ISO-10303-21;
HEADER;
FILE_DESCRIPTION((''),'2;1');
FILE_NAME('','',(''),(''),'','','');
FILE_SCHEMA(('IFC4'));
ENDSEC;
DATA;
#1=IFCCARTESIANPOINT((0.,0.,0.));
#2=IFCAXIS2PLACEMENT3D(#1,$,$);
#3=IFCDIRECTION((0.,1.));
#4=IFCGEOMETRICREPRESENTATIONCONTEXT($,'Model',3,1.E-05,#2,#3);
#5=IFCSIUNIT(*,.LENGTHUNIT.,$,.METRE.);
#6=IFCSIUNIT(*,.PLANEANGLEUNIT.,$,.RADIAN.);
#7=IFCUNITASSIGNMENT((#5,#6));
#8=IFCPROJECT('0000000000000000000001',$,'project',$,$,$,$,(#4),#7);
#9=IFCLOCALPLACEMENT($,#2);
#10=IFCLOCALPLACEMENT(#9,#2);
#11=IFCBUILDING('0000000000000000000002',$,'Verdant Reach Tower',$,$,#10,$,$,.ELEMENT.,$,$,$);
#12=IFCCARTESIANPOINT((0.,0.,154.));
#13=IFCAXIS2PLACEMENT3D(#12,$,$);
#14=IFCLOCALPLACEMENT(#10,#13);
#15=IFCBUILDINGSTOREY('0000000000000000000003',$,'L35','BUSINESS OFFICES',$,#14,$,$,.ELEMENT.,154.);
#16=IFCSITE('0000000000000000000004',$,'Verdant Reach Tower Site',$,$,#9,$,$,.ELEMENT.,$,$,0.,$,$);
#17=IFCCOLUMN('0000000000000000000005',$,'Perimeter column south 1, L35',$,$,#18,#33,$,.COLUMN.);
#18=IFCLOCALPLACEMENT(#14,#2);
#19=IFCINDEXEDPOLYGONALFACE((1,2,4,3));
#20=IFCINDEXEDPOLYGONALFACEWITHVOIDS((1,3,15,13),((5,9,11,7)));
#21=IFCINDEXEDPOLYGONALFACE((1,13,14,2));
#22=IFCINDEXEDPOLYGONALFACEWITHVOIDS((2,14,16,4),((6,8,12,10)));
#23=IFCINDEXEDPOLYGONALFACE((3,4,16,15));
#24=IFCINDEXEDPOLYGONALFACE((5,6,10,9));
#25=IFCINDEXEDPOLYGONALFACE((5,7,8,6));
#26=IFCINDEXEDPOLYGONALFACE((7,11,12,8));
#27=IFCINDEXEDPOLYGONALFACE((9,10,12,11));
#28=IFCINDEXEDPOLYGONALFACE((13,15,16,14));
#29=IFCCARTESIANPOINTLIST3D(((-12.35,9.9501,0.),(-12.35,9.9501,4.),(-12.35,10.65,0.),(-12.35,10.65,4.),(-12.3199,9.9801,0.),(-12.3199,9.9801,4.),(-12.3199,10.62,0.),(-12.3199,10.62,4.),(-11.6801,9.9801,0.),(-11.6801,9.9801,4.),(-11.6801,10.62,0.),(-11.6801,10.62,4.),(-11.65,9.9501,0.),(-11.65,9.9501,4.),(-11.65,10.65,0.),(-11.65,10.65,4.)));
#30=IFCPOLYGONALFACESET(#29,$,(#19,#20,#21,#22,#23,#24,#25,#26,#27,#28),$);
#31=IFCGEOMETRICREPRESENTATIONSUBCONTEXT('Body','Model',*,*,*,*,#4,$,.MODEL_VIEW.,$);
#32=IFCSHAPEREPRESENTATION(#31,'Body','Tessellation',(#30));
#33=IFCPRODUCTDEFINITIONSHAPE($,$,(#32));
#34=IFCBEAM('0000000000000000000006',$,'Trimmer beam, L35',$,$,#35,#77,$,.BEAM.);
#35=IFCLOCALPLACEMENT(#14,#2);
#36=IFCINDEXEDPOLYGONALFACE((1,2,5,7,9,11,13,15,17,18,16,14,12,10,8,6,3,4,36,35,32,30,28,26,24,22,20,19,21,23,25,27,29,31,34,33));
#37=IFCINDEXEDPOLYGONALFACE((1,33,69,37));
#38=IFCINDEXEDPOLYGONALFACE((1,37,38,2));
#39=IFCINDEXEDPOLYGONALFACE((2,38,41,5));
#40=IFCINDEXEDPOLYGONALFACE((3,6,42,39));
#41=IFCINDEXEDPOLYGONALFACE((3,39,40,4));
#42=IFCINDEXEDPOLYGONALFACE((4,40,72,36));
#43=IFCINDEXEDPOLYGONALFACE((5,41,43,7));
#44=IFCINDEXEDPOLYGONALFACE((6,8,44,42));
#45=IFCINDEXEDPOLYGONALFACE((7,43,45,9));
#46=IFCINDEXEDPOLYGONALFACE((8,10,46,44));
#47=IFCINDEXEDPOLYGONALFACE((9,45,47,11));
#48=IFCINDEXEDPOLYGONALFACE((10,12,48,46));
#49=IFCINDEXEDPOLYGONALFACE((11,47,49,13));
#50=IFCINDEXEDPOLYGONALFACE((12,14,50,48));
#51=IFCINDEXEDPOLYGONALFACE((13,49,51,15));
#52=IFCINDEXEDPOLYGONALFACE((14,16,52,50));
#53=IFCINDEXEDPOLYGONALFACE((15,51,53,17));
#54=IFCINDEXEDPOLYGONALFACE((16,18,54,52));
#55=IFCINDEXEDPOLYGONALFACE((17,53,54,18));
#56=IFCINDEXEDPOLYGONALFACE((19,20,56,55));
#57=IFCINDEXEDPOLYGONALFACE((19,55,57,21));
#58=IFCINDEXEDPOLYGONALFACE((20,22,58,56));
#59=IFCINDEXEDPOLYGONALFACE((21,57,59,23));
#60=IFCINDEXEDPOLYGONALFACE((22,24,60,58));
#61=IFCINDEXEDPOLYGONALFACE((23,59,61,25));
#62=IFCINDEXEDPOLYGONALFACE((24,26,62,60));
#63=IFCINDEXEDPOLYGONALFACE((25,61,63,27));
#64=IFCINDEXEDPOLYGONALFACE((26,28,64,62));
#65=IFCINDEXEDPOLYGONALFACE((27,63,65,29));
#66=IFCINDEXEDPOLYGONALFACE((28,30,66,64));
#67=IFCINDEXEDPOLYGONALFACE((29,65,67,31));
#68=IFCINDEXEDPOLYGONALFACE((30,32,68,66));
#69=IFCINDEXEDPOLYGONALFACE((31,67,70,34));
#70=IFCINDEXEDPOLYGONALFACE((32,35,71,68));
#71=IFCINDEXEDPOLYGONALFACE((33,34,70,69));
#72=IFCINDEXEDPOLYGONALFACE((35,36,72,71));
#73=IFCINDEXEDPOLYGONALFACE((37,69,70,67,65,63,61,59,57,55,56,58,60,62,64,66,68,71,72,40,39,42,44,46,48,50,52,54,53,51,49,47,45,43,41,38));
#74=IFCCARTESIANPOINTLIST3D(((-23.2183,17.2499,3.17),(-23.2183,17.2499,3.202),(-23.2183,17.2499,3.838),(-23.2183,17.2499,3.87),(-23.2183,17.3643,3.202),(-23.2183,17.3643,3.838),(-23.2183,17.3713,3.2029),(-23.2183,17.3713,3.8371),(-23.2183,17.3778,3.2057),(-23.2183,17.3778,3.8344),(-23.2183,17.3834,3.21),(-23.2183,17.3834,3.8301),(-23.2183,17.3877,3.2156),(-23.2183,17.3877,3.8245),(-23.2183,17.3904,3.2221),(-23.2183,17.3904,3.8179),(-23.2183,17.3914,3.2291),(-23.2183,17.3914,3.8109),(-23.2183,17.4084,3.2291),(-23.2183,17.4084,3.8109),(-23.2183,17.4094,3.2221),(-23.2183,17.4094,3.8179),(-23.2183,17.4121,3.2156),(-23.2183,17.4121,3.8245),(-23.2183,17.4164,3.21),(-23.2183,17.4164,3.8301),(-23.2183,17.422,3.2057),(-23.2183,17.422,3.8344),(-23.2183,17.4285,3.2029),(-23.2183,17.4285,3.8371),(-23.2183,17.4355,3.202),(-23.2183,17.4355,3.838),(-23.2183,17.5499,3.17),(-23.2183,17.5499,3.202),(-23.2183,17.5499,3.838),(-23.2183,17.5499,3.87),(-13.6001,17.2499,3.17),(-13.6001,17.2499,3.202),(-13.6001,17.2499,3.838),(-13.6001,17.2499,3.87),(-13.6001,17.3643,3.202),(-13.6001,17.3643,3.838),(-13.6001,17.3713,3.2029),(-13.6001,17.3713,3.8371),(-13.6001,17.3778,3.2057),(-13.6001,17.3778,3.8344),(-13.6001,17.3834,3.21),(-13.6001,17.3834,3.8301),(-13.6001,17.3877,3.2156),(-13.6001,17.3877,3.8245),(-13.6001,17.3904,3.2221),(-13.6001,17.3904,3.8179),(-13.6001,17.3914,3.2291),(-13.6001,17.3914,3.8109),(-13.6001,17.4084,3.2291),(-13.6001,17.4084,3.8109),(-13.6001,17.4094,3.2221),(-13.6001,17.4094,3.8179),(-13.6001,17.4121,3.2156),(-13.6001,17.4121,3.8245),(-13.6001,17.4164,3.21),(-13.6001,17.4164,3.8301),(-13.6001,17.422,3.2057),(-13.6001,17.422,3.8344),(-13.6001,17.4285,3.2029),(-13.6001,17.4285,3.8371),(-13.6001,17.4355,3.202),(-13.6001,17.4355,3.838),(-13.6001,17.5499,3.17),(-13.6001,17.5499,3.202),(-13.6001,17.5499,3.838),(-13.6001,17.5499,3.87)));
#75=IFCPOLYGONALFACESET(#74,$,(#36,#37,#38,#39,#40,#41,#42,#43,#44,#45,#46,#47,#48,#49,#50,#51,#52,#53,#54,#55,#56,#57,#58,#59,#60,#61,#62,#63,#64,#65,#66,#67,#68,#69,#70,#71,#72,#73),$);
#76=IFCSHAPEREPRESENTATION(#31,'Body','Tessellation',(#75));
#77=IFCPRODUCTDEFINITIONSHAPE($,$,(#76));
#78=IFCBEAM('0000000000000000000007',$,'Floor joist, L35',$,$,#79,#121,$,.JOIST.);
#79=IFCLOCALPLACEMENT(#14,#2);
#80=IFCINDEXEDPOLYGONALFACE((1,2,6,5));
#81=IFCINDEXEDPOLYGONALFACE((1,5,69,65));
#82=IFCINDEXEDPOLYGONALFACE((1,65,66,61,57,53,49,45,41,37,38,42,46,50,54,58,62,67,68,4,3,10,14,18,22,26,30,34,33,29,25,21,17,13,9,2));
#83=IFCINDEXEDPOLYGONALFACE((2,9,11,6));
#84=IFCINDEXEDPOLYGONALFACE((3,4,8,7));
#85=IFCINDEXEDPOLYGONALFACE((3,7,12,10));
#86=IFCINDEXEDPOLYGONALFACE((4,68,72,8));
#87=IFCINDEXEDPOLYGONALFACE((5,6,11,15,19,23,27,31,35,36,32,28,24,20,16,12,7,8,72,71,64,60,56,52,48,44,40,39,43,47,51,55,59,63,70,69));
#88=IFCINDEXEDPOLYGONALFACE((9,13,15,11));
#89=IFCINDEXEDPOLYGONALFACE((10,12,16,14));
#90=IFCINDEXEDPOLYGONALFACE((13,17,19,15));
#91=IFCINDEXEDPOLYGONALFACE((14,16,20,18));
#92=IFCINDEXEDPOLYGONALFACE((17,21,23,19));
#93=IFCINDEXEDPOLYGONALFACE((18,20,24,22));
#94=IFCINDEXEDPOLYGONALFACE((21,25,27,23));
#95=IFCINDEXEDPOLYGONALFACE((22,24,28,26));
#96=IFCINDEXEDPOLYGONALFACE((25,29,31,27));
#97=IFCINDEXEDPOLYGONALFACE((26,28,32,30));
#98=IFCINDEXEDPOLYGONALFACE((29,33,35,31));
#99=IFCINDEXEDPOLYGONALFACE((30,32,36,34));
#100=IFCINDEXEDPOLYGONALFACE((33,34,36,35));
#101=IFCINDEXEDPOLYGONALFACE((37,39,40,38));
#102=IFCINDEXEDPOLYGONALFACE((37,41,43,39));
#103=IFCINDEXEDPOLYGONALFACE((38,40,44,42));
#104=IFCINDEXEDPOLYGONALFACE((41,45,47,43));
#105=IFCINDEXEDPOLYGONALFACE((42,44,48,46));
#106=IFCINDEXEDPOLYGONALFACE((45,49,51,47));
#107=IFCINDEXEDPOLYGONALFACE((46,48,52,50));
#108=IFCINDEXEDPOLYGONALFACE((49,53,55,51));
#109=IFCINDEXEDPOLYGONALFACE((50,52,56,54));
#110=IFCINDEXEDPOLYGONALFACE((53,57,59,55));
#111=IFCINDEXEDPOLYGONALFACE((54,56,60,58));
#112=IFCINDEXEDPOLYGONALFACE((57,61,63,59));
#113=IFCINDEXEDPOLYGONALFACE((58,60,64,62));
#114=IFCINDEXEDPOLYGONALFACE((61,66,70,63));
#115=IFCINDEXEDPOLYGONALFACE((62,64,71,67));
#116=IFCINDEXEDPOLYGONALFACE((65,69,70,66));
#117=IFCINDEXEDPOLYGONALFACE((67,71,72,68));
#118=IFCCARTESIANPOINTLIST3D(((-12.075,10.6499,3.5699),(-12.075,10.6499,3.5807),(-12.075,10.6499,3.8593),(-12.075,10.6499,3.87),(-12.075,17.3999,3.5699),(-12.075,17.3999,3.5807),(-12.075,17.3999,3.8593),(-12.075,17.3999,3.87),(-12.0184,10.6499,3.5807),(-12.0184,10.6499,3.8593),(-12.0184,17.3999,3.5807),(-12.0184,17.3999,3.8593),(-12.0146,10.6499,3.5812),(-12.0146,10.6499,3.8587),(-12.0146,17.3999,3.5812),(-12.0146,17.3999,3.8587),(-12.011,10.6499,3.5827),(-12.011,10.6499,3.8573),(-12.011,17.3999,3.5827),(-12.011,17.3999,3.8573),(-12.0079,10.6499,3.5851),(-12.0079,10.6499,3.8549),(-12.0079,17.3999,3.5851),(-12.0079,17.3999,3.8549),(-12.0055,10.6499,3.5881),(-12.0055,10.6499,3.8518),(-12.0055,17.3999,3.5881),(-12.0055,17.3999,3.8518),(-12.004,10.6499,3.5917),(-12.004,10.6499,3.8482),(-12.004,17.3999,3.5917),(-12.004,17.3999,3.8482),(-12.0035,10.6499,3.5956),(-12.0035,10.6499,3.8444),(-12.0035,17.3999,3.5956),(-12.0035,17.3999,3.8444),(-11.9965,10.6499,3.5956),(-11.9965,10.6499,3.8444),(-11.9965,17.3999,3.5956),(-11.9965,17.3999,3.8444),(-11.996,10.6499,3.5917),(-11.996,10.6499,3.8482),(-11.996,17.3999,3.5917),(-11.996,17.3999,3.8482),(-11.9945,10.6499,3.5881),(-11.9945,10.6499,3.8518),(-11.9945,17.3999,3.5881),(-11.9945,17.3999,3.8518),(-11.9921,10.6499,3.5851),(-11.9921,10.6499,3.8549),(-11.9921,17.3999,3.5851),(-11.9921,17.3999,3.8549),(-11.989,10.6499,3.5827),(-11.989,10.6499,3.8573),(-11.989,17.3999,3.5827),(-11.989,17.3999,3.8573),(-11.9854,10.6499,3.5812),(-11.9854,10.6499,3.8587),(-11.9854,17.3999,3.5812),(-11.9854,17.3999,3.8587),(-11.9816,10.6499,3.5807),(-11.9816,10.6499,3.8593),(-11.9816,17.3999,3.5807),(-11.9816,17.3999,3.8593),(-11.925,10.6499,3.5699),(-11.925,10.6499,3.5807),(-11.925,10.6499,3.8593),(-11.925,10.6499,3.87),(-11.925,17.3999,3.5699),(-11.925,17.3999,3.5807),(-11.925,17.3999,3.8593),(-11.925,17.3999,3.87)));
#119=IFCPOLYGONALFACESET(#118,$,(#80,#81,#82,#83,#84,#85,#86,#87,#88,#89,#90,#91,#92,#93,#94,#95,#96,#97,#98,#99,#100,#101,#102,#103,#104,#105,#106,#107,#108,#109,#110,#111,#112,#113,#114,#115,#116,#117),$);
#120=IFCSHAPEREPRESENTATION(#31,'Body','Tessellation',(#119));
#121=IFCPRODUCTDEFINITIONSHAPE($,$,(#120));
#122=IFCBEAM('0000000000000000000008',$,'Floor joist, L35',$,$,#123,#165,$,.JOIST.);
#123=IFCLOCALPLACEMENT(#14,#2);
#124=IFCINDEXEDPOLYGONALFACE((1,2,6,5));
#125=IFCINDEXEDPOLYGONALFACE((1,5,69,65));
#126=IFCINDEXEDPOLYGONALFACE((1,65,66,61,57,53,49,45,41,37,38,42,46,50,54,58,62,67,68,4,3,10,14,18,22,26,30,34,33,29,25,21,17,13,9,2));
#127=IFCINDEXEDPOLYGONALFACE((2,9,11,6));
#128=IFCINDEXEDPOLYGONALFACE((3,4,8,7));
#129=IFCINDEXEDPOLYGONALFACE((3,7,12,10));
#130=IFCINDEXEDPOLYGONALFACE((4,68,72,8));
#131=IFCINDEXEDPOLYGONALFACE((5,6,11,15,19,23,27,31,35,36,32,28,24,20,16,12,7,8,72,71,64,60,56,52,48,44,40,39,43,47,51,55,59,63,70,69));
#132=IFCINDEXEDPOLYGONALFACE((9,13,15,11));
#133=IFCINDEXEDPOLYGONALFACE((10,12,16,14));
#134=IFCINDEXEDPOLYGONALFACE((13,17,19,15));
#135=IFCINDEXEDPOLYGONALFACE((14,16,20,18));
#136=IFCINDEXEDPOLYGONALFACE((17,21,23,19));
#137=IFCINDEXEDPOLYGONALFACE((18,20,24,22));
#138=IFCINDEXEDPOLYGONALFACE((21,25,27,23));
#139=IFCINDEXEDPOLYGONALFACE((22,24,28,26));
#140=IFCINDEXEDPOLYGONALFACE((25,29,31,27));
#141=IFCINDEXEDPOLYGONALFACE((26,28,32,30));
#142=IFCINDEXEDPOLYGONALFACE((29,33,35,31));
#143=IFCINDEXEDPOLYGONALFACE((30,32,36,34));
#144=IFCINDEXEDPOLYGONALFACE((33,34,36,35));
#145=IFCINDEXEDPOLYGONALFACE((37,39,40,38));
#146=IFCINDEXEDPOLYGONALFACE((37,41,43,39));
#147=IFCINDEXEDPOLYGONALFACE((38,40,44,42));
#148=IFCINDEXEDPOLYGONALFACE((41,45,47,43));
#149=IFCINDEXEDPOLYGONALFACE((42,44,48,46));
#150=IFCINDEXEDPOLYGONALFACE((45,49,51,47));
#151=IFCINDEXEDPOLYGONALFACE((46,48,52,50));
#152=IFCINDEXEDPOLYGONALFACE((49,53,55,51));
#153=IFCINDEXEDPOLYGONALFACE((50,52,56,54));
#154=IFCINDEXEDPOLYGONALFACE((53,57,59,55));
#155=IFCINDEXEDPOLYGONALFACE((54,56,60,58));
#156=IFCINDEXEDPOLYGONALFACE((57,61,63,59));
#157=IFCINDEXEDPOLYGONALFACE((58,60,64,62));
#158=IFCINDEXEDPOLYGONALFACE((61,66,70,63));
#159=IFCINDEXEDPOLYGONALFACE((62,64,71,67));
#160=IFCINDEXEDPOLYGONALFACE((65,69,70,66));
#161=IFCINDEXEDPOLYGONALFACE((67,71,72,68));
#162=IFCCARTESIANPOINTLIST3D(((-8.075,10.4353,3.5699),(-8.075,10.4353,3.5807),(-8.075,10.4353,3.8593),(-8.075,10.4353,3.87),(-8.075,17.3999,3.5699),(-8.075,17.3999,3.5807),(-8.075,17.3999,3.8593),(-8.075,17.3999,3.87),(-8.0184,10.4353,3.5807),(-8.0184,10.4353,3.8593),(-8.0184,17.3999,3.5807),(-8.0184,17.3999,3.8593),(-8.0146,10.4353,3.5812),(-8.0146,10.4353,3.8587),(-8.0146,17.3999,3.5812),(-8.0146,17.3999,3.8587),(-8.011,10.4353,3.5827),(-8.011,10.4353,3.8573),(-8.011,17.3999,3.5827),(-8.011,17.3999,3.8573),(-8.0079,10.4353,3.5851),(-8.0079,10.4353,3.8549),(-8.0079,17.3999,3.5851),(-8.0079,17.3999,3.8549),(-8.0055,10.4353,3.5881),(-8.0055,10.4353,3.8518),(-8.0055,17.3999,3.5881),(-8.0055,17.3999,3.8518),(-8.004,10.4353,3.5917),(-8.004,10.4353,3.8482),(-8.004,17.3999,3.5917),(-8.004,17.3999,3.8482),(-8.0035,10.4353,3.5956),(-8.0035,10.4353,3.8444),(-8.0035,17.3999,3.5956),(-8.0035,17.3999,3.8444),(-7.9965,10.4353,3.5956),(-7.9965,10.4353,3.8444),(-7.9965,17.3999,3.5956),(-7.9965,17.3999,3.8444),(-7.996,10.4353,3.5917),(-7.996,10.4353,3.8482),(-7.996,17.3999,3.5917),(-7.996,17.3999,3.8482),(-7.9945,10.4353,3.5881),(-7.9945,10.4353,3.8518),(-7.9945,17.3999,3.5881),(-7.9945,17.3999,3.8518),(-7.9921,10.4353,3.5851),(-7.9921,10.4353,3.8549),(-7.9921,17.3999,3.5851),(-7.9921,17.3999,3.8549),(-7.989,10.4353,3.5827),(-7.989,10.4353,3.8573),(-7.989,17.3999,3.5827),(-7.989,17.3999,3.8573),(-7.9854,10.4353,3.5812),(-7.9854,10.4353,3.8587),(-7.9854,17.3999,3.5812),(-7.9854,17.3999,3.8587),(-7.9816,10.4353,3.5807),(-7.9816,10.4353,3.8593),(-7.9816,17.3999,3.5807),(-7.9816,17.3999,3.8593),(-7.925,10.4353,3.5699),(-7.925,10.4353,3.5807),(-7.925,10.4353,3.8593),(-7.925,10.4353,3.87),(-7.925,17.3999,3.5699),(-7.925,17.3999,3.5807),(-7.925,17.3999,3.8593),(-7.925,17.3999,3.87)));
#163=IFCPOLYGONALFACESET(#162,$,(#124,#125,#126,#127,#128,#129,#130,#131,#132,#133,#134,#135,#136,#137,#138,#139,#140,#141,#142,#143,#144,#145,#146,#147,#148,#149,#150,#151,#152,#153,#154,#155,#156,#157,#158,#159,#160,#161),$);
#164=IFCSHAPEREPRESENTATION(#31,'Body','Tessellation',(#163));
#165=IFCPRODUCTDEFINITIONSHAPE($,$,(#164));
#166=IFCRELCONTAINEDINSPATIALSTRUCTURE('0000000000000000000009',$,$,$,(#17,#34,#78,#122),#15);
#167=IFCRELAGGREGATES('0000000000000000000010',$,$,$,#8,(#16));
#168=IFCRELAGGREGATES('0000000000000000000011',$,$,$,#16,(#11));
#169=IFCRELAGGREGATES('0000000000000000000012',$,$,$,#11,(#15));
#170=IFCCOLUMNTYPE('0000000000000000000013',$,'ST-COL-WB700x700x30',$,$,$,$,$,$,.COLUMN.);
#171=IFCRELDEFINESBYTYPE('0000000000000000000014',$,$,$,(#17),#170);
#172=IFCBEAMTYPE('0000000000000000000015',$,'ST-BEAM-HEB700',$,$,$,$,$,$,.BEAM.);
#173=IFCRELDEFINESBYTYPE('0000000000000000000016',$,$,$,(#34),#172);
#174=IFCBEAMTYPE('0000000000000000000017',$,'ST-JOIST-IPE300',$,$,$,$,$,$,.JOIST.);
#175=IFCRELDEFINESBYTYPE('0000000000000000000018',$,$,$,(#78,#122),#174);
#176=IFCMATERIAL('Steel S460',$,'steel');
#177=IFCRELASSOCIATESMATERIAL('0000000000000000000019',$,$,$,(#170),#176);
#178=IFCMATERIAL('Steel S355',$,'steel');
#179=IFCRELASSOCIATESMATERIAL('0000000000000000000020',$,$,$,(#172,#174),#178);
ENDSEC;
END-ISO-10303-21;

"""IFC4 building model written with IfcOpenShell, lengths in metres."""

from ifc_helpers import new_model, si_unit, direction, frame, origin, origin_2d, place, context, subcontext, project, spatial, hollow_rectangle, i_section, extrude, material, material_profile, profile_set, type_object, element, save


model = new_model("IFC4")

# Units and contexts
model_context = context("Model", 3, precision=1e-05, world=origin(), true_north=direction((0.0, 1.0)))
body_context = subcontext(model_context, "Body", "Model", "MODEL_VIEW")
ifc_project = project(units=[si_unit("LENGTHUNIT", "METRE"), si_unit("PLANEANGLEUNIT", "RADIAN")], contexts=[model_context])

# Site, building, storey
site_placement = place(None, origin())
site = spatial("IfcSite", under=ifc_project, at=site_placement, Name="Verdant Reach Tower Site", CompositionType="ELEMENT", RefElevation=0.0)
building_placement = place(site_placement, origin())
building = spatial("IfcBuilding", under=site, at=building_placement, Name="Verdant Reach Tower", CompositionType="ELEMENT")
storey_placement = place(building_placement, frame((0.0, 0.0, 154.0)))
storey = spatial("IfcBuildingStorey", under=building, at=storey_placement, Name="L35", Description="BUSINESS OFFICES", CompositionType="ELEMENT", Elevation=154.0)

# Column
ifc_material_1 = material(Name="Steel S460", Category="steel")
ifc_material_profile_1 = material_profile(ifc_material_1, hollow_rectangle(XDim=0.7, YDim=0.7, WallThickness=0.03, at=origin_2d()), Name="WB 700x700x30")
ifc_profile_set_1 = profile_set([ifc_material_profile_1], Name="Steel S460")
column_type = type_object("IfcColumnType", Name="ST-COL-WB700x700x30", PredefinedType="COLUMN", material=ifc_profile_set_1)
column_placement = place(storey_placement, frame((-12.0, 10.3, 0.0), z_axis=(0.0, 0.0, 1.0), x_axis=(1.0, 0.0, 0.0)))
element("IfcColumn", 1, at=column_placement, inside=storey, type_object=column_type, Name="Perimeter column south 1, L35", PredefinedType="COLUMN", context=body_context, shape_type="SweptSolid", body=[
    extrude(hollow_rectangle(XDim=0.7, YDim=0.7, WallThickness=0.03, at=origin_2d()), origin(), (0.0, 0.0, 1.0), 4.0),
])

# Beams
ifc_material_2 = material(Name="Steel S355", Category="steel")
ifc_material_profile_2 = material_profile(ifc_material_2, i_section(OverallWidth=0.3, OverallDepth=0.7, WebThickness=0.0171, FlangeThickness=0.032, FilletRadius=0.0271, at=origin_2d()), Name="HEB 700")
ifc_profile_set_2 = profile_set([ifc_material_profile_2], Name="Steel S355")
beam_type_1 = type_object("IfcBeamType", Name="ST-BEAM-HEB700", PredefinedType="BEAM", material=ifc_profile_set_2)
beam_1_placement = place(storey_placement, frame((-13.6001, 17.3999, 3.52), z_axis=(-1.0, 0.0, 0.0), x_axis=(0.0, -1.0, 0.0)))
element("IfcBeam", 2, at=beam_1_placement, inside=storey, type_object=beam_type_1, Name="Trimmer beam, L35", PredefinedType="BEAM", context=body_context, shape_type="SweptSolid", body=[
    extrude(i_section(OverallWidth=0.3, OverallDepth=0.7, WebThickness=0.0171, FlangeThickness=0.032, FilletRadius=0.0271, at=origin_2d()), origin(), (0.0, 0.0, 1.0), 9.6182),
])
ifc_material_profile_3 = material_profile(ifc_material_2, i_section(OverallWidth=0.1499, OverallDepth=0.3, WebThickness=0.0071, FlangeThickness=0.0107, FilletRadius=0.0149, at=origin_2d()), Name="IPE 300")
ifc_profile_set_3 = profile_set([ifc_material_profile_3], Name="Steel S355")
beam_type_2 = type_object("IfcBeamType", Name="ST-JOIST-IPE300", PredefinedType="JOIST", material=ifc_profile_set_3)
beam_2_placement = place(storey_placement, frame((-12.0, 17.3999, 3.72), z_axis=(0.0, -1.0, 0.0), x_axis=(1.0, 0.0, 0.0)))
element("IfcBeam", 3, at=beam_2_placement, inside=storey, type_object=beam_type_2, Name="Floor joist, L35", PredefinedType="JOIST", context=body_context, shape_type="SweptSolid", body=[
    extrude(i_section(OverallWidth=0.1499, OverallDepth=0.3, WebThickness=0.0071, FlangeThickness=0.0107, FilletRadius=0.0149, at=origin_2d()), origin(), (0.0, 0.0, 1.0), 6.75),
])
beam_3_placement = place(storey_placement, frame((-8.0, 17.3999, 3.72), z_axis=(0.0, -1.0, 0.0), x_axis=(1.0, 0.0, 0.0)))
element("IfcBeam", 4, at=beam_3_placement, inside=storey, type_object=beam_type_2, Name="Floor joist, L35", PredefinedType="JOIST", context=body_context, shape_type="SweptSolid", body=[
    extrude(i_section(OverallWidth=0.1499, OverallDepth=0.3, WebThickness=0.0071, FlangeThickness=0.0107, FilletRadius=0.0149, at=origin_2d()), origin(), (0.0, 0.0, 1.0), 6.9646),
])

save(model, "model.ifc")
